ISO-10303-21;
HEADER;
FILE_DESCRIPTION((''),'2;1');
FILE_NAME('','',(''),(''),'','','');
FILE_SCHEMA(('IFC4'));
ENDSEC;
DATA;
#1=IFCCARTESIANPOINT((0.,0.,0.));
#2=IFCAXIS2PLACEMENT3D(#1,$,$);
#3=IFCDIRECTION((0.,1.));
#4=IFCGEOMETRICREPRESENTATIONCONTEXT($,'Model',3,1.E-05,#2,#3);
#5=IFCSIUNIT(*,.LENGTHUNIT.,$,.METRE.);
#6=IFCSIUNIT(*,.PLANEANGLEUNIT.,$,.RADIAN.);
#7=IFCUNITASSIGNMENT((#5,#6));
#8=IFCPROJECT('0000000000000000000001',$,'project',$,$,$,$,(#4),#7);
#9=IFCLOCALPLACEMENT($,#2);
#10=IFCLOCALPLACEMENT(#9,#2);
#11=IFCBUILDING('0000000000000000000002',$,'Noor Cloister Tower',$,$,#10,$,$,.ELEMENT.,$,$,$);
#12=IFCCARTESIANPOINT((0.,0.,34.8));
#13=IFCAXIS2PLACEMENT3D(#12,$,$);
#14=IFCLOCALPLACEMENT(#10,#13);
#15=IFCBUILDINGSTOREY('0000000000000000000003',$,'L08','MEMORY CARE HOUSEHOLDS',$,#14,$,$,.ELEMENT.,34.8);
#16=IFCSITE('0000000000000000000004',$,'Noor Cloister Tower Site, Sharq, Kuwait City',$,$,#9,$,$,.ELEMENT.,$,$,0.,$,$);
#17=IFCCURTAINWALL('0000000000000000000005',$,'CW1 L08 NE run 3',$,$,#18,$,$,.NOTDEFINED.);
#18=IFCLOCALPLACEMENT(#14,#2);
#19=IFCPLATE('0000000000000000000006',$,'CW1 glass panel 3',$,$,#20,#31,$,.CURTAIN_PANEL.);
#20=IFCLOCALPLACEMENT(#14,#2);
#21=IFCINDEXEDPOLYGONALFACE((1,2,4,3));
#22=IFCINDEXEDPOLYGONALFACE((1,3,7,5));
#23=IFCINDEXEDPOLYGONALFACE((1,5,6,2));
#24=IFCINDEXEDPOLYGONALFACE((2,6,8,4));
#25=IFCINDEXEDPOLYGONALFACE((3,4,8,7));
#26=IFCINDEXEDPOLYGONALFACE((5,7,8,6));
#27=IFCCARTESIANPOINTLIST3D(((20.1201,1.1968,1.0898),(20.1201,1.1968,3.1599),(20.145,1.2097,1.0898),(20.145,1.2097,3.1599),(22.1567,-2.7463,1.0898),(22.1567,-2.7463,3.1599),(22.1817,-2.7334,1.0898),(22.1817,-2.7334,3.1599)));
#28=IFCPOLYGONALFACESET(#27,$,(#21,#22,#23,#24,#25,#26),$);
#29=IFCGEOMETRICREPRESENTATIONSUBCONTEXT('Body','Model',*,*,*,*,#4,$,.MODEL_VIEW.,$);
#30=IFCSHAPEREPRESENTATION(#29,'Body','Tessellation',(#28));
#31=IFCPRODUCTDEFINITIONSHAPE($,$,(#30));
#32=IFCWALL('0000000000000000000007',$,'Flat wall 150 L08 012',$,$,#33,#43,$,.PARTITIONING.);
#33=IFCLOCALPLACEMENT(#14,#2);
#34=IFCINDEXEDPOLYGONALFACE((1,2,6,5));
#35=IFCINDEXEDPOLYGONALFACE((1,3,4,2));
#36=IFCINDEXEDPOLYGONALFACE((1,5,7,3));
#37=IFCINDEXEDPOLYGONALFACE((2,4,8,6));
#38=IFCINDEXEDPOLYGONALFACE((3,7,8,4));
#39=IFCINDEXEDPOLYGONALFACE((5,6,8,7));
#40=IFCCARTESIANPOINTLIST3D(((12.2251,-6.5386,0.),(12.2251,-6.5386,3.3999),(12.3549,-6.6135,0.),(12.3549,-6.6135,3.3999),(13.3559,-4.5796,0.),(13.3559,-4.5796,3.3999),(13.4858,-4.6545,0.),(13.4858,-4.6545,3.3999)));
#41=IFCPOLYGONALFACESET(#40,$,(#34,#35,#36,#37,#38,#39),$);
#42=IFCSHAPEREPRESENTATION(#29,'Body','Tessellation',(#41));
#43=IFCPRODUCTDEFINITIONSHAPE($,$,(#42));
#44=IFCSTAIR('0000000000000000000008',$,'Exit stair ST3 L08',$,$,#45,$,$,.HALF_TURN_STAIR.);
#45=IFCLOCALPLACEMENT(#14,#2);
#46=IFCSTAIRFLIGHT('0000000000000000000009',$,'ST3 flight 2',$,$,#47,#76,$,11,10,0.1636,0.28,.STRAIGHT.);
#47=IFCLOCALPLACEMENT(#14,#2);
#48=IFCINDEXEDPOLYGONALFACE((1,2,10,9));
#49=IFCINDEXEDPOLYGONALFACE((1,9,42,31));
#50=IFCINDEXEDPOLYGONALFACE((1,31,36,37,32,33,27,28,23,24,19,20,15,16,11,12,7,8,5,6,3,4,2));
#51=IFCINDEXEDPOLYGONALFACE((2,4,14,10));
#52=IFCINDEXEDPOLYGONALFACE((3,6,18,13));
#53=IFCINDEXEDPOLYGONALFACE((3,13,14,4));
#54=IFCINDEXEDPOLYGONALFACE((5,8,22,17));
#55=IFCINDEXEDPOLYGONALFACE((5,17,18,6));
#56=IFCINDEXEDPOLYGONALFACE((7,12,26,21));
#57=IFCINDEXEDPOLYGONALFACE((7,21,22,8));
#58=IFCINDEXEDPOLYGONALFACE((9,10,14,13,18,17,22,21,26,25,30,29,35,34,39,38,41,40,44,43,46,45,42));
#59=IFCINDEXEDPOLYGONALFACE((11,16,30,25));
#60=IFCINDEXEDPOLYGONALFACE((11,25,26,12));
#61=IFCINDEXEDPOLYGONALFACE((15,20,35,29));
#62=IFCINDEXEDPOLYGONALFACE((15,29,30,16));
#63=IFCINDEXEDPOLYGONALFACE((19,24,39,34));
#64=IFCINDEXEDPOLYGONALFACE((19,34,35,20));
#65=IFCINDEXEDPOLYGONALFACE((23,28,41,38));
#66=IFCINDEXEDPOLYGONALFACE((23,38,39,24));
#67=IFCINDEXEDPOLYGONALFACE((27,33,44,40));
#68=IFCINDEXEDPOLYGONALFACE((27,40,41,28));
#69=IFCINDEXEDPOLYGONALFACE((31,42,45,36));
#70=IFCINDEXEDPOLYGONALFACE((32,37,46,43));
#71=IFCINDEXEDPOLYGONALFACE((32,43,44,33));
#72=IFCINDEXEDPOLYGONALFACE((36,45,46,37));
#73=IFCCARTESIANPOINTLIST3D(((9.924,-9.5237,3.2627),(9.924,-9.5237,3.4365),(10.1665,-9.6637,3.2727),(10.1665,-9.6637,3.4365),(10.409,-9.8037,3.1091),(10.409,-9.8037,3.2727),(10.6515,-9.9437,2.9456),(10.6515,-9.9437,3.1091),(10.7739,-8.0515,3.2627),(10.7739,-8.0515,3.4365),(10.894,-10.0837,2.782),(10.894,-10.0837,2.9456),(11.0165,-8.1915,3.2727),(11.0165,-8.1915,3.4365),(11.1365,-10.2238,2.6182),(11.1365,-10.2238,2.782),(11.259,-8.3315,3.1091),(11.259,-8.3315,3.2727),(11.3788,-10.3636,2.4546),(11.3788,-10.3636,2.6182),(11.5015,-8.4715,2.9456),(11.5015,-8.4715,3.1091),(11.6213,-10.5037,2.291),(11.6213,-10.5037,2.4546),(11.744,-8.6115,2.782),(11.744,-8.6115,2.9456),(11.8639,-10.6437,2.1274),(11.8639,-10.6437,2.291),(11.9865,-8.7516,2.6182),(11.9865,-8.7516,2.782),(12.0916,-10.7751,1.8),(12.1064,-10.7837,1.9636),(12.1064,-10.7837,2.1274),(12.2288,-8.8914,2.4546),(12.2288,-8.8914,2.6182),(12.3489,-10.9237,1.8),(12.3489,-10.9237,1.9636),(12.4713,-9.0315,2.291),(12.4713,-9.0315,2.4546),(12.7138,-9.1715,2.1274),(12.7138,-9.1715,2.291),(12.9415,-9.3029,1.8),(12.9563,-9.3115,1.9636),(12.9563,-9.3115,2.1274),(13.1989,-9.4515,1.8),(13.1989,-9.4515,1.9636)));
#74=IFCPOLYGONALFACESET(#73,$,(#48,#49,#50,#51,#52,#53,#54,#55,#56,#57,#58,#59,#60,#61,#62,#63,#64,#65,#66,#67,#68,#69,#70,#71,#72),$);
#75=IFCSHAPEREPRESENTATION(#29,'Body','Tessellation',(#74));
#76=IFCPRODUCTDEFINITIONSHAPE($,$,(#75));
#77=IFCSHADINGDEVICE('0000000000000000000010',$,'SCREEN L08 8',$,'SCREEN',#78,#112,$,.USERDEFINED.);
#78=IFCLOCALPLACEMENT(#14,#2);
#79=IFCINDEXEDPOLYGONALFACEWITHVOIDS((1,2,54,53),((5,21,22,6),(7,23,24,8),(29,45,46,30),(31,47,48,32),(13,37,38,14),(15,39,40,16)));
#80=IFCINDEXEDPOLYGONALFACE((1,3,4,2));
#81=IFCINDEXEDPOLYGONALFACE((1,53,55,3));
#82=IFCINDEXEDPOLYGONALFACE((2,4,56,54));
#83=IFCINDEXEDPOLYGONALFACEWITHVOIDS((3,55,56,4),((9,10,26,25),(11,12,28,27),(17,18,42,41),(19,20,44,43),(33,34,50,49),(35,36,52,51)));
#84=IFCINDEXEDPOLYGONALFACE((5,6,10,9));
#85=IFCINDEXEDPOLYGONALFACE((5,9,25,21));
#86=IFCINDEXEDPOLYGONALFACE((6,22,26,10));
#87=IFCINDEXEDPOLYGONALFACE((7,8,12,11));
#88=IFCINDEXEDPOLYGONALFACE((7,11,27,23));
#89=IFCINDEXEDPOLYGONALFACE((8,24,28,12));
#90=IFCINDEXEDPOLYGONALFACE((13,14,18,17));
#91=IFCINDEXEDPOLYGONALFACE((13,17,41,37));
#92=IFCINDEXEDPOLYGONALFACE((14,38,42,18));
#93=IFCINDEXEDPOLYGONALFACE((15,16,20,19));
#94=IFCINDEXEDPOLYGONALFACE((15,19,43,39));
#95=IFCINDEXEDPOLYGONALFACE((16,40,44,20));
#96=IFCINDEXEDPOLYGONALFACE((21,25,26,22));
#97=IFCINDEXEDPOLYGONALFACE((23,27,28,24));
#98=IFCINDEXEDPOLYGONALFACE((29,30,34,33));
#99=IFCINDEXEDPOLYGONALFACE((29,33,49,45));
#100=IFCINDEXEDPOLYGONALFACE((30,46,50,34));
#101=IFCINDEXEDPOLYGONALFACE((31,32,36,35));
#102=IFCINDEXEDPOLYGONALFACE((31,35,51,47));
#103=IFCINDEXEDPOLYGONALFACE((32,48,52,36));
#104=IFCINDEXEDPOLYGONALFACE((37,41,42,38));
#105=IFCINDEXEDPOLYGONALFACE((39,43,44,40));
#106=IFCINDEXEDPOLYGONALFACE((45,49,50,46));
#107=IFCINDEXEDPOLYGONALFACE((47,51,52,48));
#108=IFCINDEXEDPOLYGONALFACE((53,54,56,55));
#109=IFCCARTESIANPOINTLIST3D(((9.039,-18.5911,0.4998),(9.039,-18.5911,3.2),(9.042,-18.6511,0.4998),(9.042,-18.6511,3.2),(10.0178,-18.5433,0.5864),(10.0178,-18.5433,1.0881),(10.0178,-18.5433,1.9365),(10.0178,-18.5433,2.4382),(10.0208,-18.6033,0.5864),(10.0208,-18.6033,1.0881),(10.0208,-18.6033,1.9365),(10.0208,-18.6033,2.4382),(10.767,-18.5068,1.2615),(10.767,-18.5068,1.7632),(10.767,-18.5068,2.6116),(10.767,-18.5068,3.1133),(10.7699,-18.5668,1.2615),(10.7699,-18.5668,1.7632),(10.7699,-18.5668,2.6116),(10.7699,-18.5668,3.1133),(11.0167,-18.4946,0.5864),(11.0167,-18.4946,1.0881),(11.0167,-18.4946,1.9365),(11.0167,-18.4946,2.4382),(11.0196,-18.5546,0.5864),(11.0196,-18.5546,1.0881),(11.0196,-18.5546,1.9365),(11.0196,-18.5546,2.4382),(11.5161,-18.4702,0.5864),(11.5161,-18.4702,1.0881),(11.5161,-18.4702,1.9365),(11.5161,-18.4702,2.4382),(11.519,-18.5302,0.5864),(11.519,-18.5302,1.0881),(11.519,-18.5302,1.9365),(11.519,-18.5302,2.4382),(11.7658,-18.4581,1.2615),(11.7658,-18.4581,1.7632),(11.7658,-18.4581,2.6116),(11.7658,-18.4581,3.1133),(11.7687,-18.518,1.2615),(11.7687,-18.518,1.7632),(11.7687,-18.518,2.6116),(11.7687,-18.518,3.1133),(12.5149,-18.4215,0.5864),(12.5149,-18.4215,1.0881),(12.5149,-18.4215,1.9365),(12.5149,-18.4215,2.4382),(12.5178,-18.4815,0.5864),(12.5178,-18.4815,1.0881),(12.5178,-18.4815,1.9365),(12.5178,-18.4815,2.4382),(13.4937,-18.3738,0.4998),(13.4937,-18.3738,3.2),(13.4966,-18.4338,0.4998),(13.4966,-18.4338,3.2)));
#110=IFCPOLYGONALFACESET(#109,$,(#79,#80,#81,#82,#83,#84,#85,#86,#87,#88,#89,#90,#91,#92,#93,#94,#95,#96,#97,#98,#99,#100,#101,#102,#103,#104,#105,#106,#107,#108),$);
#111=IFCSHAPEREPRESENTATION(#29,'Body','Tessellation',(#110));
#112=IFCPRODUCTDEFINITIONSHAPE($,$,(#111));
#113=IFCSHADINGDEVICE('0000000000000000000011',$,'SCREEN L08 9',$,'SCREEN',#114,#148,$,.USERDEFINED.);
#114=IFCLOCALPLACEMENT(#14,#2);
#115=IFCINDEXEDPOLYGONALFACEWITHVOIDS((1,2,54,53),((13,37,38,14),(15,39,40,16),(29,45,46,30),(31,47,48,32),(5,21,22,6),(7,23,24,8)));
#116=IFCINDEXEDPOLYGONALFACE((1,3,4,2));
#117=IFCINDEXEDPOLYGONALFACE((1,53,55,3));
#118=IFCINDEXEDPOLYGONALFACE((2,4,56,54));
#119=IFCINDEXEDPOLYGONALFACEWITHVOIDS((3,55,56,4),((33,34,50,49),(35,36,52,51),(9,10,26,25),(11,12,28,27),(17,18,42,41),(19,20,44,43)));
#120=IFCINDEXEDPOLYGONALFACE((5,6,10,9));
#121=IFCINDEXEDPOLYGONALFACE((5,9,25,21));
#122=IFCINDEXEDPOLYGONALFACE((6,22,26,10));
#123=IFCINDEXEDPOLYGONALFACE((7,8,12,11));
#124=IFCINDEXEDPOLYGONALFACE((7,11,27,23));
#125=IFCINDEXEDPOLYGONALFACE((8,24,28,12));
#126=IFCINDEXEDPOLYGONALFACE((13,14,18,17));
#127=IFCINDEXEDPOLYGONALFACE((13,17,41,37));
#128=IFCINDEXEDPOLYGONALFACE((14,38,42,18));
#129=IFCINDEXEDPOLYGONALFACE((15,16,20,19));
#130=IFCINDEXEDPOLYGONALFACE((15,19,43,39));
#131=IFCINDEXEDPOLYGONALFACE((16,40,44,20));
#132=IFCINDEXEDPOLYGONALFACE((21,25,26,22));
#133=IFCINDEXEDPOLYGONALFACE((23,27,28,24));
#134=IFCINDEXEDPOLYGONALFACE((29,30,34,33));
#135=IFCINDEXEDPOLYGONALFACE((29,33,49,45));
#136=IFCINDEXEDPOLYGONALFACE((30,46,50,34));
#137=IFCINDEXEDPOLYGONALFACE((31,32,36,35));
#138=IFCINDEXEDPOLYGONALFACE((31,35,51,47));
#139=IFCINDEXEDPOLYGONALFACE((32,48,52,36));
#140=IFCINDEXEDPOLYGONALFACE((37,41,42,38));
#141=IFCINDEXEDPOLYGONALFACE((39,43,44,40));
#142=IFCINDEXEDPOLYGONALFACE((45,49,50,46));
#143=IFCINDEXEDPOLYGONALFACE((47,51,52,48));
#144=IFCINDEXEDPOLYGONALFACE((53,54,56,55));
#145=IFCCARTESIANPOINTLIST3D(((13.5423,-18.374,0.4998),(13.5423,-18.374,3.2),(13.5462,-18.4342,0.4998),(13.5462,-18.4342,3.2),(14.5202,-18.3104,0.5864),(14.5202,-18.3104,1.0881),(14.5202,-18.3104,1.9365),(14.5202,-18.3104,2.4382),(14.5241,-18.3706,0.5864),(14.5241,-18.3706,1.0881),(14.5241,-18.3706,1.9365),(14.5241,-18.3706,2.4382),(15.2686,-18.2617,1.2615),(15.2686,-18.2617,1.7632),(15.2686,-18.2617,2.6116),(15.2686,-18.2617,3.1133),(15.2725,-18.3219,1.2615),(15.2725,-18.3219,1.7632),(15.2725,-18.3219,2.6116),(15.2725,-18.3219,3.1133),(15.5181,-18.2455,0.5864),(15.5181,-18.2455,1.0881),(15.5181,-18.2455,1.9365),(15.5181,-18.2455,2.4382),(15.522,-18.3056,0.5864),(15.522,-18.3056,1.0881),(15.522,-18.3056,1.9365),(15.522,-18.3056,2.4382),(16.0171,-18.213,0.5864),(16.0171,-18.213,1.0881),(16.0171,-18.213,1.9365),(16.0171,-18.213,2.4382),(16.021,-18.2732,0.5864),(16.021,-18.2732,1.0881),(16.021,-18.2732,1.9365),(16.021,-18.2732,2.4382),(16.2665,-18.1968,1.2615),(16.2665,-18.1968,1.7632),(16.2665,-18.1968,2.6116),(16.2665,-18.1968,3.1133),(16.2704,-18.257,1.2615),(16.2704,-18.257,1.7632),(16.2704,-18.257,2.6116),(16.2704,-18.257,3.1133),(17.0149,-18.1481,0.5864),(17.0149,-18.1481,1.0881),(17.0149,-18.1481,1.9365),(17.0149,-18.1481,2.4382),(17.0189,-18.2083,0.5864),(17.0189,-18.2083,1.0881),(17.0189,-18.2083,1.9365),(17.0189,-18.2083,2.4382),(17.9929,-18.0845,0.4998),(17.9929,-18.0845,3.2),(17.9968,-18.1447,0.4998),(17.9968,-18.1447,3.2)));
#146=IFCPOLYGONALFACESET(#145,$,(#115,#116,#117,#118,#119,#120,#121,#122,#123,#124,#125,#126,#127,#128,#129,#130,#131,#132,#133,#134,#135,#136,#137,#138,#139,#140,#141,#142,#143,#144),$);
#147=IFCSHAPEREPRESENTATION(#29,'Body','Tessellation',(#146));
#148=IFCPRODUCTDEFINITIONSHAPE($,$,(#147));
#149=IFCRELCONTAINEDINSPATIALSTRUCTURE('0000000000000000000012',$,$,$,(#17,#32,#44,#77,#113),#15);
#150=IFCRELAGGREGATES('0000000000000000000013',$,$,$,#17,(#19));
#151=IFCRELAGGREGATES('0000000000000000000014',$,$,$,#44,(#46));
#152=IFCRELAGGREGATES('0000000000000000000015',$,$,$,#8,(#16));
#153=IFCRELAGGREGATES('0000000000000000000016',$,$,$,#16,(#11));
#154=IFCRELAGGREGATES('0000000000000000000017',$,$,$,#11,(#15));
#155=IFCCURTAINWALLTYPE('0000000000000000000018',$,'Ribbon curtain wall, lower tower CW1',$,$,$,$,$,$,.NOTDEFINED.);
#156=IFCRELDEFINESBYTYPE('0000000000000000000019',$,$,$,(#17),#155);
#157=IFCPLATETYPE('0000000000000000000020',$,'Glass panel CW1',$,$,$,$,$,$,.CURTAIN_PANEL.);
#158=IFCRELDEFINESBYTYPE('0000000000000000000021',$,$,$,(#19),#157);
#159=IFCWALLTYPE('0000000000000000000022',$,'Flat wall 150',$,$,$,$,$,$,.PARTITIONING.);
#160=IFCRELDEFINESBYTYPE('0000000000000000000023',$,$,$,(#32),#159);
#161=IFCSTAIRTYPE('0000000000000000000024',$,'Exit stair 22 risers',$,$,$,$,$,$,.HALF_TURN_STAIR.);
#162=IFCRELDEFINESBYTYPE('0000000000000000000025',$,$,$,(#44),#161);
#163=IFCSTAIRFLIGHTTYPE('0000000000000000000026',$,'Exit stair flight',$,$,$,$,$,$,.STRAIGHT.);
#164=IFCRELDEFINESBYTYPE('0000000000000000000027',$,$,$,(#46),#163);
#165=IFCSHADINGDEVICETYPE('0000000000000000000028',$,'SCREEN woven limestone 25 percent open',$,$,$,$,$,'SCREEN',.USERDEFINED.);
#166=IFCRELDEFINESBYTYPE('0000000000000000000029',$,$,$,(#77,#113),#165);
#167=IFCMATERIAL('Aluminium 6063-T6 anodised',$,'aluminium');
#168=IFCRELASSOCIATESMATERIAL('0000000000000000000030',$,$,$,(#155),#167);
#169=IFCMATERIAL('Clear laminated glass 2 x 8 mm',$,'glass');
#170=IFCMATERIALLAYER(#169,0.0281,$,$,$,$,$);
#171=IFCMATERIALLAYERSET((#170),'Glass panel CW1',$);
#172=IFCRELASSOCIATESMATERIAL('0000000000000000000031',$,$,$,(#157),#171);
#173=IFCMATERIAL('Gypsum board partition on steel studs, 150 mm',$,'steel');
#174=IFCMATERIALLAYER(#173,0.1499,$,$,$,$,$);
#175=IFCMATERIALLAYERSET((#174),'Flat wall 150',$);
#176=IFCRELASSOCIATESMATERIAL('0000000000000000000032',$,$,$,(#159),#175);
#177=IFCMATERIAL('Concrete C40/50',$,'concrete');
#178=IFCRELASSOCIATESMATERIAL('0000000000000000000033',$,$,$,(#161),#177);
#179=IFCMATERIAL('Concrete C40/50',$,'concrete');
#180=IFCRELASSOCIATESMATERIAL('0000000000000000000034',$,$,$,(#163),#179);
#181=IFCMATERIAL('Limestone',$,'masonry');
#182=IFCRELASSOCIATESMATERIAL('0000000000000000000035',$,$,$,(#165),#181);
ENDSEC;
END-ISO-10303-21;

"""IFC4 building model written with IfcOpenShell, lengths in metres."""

from ifc_helpers import new_model, si_unit, direction, frame, frame_2d, origin, origin_2d, place, context, subcontext, project, spatial, polyline, rectangle, outline, extrude, material, layer, layer_set, material_profile, profile_set, type_object, element, aggregate, save


model = new_model("IFC4")

# Units and contexts
model_context = context("Model", 3, precision=1e-05, world=origin(), true_north=direction((0.0, 1.0)))
body_context = subcontext(model_context, "Body", "Model", "MODEL_VIEW")
ifc_project = project(units=[si_unit("LENGTHUNIT", "METRE"), si_unit("PLANEANGLEUNIT", "RADIAN")], contexts=[model_context])

# Site, building, storey
site_placement = place(None, origin())
site = spatial("IfcSite", under=ifc_project, at=site_placement, Name="Noor Cloister Tower Site, Sharq, Kuwait City", CompositionType="ELEMENT", RefElevation=0.0)
building_placement = place(site_placement, origin())
building = spatial("IfcBuilding", under=site, at=building_placement, Name="Noor Cloister Tower", CompositionType="ELEMENT")
storey_placement = place(building_placement, frame((0.0, 0.0, 34.8)))
storey = spatial("IfcBuildingStorey", under=building, at=storey_placement, Name="L08", Description="MEMORY CARE HOUSEHOLDS", CompositionType="ELEMENT", Elevation=34.8)

# Curtain wall
ifc_material_1 = material(Name="Aluminium 6063-T6 anodised", Category="aluminium")
curtain_wall_type = type_object("IfcCurtainWallType", Name="Ribbon curtain wall, lower tower CW1", PredefinedType="NOTDEFINED", material=ifc_material_1)
curtain_wall_1_placement = place(storey_placement, origin())
curtain_wall_1 = element("IfcCurtainWall", 1, at=curtain_wall_1_placement, inside=storey, type_object=curtain_wall_type, Name="CW1 L08 NE run 3", PredefinedType="NOTDEFINED")

# Plate
ifc_material_2 = material(Name="Clear laminated glass 2 x 8 mm", Category="glass")
ifc_layer_1 = layer(ifc_material_2, 0.0281)
ifc_layer_set_1 = layer_set([ifc_layer_1], Name="Glass panel CW1")
plate_type = type_object("IfcPlateType", Name="Glass panel CW1", PredefinedType="CURTAIN_PANEL", material=ifc_layer_set_1)
plate_1_placement = place(storey_placement, frame((21.1509, -0.7683, 1.0898), z_axis=(0.0, 0.0, 1.0), x_axis=(-0.458921, 0.888477, 0.0)))
plate_1 = element("IfcPlate", 2, at=plate_1_placement, type_object=plate_type, Name="CW1 glass panel 3", PredefinedType="CURTAIN_PANEL", context=body_context, shape_type="SweptSolid", body=[
    extrude(rectangle(XDim=4.438, YDim=0.0281, at=origin_2d()), origin(), (0.0, 0.0, 1.0), 2.0701),
])
aggregate(curtain_wall_1, [plate_1])

# Wall
ifc_material_3 = material(Name="Gypsum board partition on steel studs, 150 mm", Category="steel")
ifc_layer_2 = layer(ifc_material_3, 0.1499)
ifc_layer_set_2 = layer_set([ifc_layer_2], Name="Flat wall 150")
wall_type = type_object("IfcWallType", Name="Flat wall 150", PredefinedType="PARTITIONING", material=ifc_layer_set_2)
wall_placement = place(storey_placement, frame((12.29, -6.5759, 0.0), z_axis=(0.0, 0.0, 1.0), x_axis=(0.499947, 0.866056, 0.0)))
element("IfcWall", 3, at=wall_placement, inside=storey, type_object=wall_type, Name="Flat wall 150 L08 012", PredefinedType="PARTITIONING", context=body_context, shape_type="SweptSolid", body=[
    extrude(rectangle(XDim=2.262, YDim=0.1499, at=frame_2d((1.1309, 0.0))), origin(), (0.0, 0.0, 1.0), 3.3999),
])

# Stair, stair flight
ifc_material_4 = material(Name="Concrete C40/50", Category="concrete")
stair_type = type_object("IfcStairType", Name="Exit stair 22 risers", PredefinedType="HALF_TURN_STAIR", material=ifc_material_4)
stair_placement = place(storey_placement, origin())
stair = element("IfcStair", 4, at=stair_placement, inside=storey, type_object=stair_type, Name="Exit stair ST3 L08", PredefinedType="HALF_TURN_STAIR")
ifc_material_5 = material(Name="Concrete C40/50", Category="concrete")
stair_flight_type = type_object("IfcStairFlightType", Name="Exit stair flight", PredefinedType="STRAIGHT", material=ifc_material_5)
stair_flight_placement = place(storey_placement, frame((12.7739, -10.1875, 1.8), z_axis=(0.0, 0.0, 1.0), x_axis=(-0.866025, 0.5, 0.0)))
stair_flight = element("IfcStairFlight", 5, at=stair_flight_placement, type_object=stair_flight_type, Name="ST3 flight 2", NumberOfRisers=11, NumberOfTreads=10, PredefinedType="STRAIGHT", RiserHeight=0.1636, TreadLength=0.28, context=body_context, shape_type="SweptSolid", body=[
    extrude(outline(polyline([(0.0, 0.0), (0.0, 0.1636), (0.28, 0.1636), (0.28, 0.3274), (0.5601, 0.3274), (0.5601, 0.491), (0.8401, 0.491), (0.8401, 0.6545), (1.1201, 0.6545), (1.1201, 0.8181), (1.3999, 0.8181), (1.3999, 0.9819), (1.6799, 0.9819), (1.6799, 1.1455), (1.96, 1.1455), (1.96, 1.3091), (2.24, 1.3091), (2.24, 1.4727), (2.52, 1.4727), (2.52, 1.6365), (2.8, 1.6365), (2.8, 1.8), (2.8, 1.4626), (0.2971, 0.0), (0.0, 0.0)])), frame((0.0, 0.8501, 0.0), z_axis=(0.0, -1.0, 0.0), x_axis=(1.0, 0.0, 0.0)), (0.0, 0.0, 1.0), 1.7),
])
aggregate(stair, [stair_flight])

# Shading devices
ifc_material_6 = material(Name="Limestone", Category="masonry")
ifc_material_profile_1 = material_profile(ifc_material_6, outline(polyline([(-2.23, -1.3501), (2.23, -1.3501), (2.23, 1.3501), (-2.23, 1.3501), (-2.23, -1.3501)]), holes=[polyline([(-1.25, -1.2634), (-0.25, -1.2634), (-0.25, -0.7617), (-1.25, -0.7617), (-1.25, -1.2634)]), polyline([(0.25, -1.2634), (1.25, -1.2634), (1.25, -0.7617), (0.25, -0.7617), (0.25, -1.2634)]), polyline([(-0.5, -0.5884), (0.5, -0.5884), (0.5, -0.0867), (-0.5, -0.0867), (-0.5, -0.5884)]), polyline([(-1.25, 0.0867), (-0.25, 0.0867), (-0.25, 0.5884), (-1.25, 0.5884), (-1.25, 0.0867)]), polyline([(0.25, 0.0867), (1.25, 0.0867), (1.25, 0.5884), (0.25, 0.5884), (0.25, 0.0867)]), polyline([(-0.5, 0.7617), (0.5, 0.7617), (0.5, 1.2634), (-0.5, 1.2634), (-0.5, 0.7617)])]), Name="Woven screen 25 percent open")
ifc_profile_set_1 = profile_set([ifc_material_profile_1], Name="Limestone")
shading_device_type = type_object("IfcShadingDeviceType", Name="SCREEN woven limestone 25 percent open", ElementType="SCREEN", PredefinedType="USERDEFINED", material=ifc_profile_set_1)
shading_device_1_placement = place(storey_placement, frame((11.2664, -18.4824, 1.8499), z_axis=(0.048723, -0.998812, 0.0), x_axis=(0.998812, 0.048723, 0.0)))
element("IfcShadingDevice", 6, at=shading_device_1_placement, inside=storey, type_object=shading_device_type, Name="SCREEN L08 8", ObjectType="SCREEN", PredefinedType="USERDEFINED", context=body_context, shape_type="SweptSolid", body=[
    extrude(outline(polyline([(-2.23, -1.3501), (2.23, -1.3501), (2.23, 1.3501), (-2.23, 1.3501), (-2.23, -1.3501)]), holes=[polyline([(-1.25, -1.2634), (-0.25, -1.2634), (-0.25, -0.7617), (-1.25, -0.7617), (-1.25, -1.2634)]), polyline([(0.25, -1.2634), (1.25, -1.2634), (1.25, -0.7617), (0.25, -0.7617), (0.25, -1.2634)]), polyline([(-0.5, -0.5884), (0.5, -0.5884), (0.5, -0.0867), (-0.5, -0.0867), (-0.5, -0.5884)]), polyline([(-1.25, 0.0867), (-0.25, 0.0867), (-0.25, 0.5884), (-1.25, 0.5884), (-1.25, 0.0867)]), polyline([(0.25, 0.0867), (1.25, 0.0867), (1.25, 0.5884), (0.25, 0.5884), (0.25, 0.0867)]), polyline([(-0.5, 0.7617), (0.5, 0.7617), (0.5, 1.2634), (-0.5, 1.2634), (-0.5, 0.7617)])]), origin(), (0.0, 0.0, 1.0), 0.0601),
])
shading_device_2_placement = place(storey_placement, frame((15.7676, -18.2292, 1.8499), z_axis=(0.064904, -0.997892, 0.0), x_axis=(0.997892, 0.064904, 0.0)))
element("IfcShadingDevice", 7, at=shading_device_2_placement, inside=storey, type_object=shading_device_type, Name="SCREEN L08 9", ObjectType="SCREEN", PredefinedType="USERDEFINED", context=body_context, shape_type="SweptSolid", body=[
    extrude(outline(polyline([(-2.23, -1.3501), (2.23, -1.3501), (2.23, 1.3501), (-2.23, 1.3501), (-2.23, -1.3501)]), holes=[polyline([(-1.25, -1.2634), (-0.25, -1.2634), (-0.25, -0.7617), (-1.25, -0.7617), (-1.25, -1.2634)]), polyline([(0.25, -1.2634), (1.25, -1.2634), (1.25, -0.7617), (0.25, -0.7617), (0.25, -1.2634)]), polyline([(-0.5, -0.5884), (0.5, -0.5884), (0.5, -0.0867), (-0.5, -0.0867), (-0.5, -0.5884)]), polyline([(-1.25, 0.0867), (-0.25, 0.0867), (-0.25, 0.5884), (-1.25, 0.5884), (-1.25, 0.0867)]), polyline([(0.25, 0.0867), (1.25, 0.0867), (1.25, 0.5884), (0.25, 0.5884), (0.25, 0.0867)]), polyline([(-0.5, 0.7617), (0.5, 0.7617), (0.5, 1.2634), (-0.5, 1.2634), (-0.5, 0.7617)])]), origin(), (0.0, 0.0, 1.0), 0.0603),
])

save(model, "model.ifc")
